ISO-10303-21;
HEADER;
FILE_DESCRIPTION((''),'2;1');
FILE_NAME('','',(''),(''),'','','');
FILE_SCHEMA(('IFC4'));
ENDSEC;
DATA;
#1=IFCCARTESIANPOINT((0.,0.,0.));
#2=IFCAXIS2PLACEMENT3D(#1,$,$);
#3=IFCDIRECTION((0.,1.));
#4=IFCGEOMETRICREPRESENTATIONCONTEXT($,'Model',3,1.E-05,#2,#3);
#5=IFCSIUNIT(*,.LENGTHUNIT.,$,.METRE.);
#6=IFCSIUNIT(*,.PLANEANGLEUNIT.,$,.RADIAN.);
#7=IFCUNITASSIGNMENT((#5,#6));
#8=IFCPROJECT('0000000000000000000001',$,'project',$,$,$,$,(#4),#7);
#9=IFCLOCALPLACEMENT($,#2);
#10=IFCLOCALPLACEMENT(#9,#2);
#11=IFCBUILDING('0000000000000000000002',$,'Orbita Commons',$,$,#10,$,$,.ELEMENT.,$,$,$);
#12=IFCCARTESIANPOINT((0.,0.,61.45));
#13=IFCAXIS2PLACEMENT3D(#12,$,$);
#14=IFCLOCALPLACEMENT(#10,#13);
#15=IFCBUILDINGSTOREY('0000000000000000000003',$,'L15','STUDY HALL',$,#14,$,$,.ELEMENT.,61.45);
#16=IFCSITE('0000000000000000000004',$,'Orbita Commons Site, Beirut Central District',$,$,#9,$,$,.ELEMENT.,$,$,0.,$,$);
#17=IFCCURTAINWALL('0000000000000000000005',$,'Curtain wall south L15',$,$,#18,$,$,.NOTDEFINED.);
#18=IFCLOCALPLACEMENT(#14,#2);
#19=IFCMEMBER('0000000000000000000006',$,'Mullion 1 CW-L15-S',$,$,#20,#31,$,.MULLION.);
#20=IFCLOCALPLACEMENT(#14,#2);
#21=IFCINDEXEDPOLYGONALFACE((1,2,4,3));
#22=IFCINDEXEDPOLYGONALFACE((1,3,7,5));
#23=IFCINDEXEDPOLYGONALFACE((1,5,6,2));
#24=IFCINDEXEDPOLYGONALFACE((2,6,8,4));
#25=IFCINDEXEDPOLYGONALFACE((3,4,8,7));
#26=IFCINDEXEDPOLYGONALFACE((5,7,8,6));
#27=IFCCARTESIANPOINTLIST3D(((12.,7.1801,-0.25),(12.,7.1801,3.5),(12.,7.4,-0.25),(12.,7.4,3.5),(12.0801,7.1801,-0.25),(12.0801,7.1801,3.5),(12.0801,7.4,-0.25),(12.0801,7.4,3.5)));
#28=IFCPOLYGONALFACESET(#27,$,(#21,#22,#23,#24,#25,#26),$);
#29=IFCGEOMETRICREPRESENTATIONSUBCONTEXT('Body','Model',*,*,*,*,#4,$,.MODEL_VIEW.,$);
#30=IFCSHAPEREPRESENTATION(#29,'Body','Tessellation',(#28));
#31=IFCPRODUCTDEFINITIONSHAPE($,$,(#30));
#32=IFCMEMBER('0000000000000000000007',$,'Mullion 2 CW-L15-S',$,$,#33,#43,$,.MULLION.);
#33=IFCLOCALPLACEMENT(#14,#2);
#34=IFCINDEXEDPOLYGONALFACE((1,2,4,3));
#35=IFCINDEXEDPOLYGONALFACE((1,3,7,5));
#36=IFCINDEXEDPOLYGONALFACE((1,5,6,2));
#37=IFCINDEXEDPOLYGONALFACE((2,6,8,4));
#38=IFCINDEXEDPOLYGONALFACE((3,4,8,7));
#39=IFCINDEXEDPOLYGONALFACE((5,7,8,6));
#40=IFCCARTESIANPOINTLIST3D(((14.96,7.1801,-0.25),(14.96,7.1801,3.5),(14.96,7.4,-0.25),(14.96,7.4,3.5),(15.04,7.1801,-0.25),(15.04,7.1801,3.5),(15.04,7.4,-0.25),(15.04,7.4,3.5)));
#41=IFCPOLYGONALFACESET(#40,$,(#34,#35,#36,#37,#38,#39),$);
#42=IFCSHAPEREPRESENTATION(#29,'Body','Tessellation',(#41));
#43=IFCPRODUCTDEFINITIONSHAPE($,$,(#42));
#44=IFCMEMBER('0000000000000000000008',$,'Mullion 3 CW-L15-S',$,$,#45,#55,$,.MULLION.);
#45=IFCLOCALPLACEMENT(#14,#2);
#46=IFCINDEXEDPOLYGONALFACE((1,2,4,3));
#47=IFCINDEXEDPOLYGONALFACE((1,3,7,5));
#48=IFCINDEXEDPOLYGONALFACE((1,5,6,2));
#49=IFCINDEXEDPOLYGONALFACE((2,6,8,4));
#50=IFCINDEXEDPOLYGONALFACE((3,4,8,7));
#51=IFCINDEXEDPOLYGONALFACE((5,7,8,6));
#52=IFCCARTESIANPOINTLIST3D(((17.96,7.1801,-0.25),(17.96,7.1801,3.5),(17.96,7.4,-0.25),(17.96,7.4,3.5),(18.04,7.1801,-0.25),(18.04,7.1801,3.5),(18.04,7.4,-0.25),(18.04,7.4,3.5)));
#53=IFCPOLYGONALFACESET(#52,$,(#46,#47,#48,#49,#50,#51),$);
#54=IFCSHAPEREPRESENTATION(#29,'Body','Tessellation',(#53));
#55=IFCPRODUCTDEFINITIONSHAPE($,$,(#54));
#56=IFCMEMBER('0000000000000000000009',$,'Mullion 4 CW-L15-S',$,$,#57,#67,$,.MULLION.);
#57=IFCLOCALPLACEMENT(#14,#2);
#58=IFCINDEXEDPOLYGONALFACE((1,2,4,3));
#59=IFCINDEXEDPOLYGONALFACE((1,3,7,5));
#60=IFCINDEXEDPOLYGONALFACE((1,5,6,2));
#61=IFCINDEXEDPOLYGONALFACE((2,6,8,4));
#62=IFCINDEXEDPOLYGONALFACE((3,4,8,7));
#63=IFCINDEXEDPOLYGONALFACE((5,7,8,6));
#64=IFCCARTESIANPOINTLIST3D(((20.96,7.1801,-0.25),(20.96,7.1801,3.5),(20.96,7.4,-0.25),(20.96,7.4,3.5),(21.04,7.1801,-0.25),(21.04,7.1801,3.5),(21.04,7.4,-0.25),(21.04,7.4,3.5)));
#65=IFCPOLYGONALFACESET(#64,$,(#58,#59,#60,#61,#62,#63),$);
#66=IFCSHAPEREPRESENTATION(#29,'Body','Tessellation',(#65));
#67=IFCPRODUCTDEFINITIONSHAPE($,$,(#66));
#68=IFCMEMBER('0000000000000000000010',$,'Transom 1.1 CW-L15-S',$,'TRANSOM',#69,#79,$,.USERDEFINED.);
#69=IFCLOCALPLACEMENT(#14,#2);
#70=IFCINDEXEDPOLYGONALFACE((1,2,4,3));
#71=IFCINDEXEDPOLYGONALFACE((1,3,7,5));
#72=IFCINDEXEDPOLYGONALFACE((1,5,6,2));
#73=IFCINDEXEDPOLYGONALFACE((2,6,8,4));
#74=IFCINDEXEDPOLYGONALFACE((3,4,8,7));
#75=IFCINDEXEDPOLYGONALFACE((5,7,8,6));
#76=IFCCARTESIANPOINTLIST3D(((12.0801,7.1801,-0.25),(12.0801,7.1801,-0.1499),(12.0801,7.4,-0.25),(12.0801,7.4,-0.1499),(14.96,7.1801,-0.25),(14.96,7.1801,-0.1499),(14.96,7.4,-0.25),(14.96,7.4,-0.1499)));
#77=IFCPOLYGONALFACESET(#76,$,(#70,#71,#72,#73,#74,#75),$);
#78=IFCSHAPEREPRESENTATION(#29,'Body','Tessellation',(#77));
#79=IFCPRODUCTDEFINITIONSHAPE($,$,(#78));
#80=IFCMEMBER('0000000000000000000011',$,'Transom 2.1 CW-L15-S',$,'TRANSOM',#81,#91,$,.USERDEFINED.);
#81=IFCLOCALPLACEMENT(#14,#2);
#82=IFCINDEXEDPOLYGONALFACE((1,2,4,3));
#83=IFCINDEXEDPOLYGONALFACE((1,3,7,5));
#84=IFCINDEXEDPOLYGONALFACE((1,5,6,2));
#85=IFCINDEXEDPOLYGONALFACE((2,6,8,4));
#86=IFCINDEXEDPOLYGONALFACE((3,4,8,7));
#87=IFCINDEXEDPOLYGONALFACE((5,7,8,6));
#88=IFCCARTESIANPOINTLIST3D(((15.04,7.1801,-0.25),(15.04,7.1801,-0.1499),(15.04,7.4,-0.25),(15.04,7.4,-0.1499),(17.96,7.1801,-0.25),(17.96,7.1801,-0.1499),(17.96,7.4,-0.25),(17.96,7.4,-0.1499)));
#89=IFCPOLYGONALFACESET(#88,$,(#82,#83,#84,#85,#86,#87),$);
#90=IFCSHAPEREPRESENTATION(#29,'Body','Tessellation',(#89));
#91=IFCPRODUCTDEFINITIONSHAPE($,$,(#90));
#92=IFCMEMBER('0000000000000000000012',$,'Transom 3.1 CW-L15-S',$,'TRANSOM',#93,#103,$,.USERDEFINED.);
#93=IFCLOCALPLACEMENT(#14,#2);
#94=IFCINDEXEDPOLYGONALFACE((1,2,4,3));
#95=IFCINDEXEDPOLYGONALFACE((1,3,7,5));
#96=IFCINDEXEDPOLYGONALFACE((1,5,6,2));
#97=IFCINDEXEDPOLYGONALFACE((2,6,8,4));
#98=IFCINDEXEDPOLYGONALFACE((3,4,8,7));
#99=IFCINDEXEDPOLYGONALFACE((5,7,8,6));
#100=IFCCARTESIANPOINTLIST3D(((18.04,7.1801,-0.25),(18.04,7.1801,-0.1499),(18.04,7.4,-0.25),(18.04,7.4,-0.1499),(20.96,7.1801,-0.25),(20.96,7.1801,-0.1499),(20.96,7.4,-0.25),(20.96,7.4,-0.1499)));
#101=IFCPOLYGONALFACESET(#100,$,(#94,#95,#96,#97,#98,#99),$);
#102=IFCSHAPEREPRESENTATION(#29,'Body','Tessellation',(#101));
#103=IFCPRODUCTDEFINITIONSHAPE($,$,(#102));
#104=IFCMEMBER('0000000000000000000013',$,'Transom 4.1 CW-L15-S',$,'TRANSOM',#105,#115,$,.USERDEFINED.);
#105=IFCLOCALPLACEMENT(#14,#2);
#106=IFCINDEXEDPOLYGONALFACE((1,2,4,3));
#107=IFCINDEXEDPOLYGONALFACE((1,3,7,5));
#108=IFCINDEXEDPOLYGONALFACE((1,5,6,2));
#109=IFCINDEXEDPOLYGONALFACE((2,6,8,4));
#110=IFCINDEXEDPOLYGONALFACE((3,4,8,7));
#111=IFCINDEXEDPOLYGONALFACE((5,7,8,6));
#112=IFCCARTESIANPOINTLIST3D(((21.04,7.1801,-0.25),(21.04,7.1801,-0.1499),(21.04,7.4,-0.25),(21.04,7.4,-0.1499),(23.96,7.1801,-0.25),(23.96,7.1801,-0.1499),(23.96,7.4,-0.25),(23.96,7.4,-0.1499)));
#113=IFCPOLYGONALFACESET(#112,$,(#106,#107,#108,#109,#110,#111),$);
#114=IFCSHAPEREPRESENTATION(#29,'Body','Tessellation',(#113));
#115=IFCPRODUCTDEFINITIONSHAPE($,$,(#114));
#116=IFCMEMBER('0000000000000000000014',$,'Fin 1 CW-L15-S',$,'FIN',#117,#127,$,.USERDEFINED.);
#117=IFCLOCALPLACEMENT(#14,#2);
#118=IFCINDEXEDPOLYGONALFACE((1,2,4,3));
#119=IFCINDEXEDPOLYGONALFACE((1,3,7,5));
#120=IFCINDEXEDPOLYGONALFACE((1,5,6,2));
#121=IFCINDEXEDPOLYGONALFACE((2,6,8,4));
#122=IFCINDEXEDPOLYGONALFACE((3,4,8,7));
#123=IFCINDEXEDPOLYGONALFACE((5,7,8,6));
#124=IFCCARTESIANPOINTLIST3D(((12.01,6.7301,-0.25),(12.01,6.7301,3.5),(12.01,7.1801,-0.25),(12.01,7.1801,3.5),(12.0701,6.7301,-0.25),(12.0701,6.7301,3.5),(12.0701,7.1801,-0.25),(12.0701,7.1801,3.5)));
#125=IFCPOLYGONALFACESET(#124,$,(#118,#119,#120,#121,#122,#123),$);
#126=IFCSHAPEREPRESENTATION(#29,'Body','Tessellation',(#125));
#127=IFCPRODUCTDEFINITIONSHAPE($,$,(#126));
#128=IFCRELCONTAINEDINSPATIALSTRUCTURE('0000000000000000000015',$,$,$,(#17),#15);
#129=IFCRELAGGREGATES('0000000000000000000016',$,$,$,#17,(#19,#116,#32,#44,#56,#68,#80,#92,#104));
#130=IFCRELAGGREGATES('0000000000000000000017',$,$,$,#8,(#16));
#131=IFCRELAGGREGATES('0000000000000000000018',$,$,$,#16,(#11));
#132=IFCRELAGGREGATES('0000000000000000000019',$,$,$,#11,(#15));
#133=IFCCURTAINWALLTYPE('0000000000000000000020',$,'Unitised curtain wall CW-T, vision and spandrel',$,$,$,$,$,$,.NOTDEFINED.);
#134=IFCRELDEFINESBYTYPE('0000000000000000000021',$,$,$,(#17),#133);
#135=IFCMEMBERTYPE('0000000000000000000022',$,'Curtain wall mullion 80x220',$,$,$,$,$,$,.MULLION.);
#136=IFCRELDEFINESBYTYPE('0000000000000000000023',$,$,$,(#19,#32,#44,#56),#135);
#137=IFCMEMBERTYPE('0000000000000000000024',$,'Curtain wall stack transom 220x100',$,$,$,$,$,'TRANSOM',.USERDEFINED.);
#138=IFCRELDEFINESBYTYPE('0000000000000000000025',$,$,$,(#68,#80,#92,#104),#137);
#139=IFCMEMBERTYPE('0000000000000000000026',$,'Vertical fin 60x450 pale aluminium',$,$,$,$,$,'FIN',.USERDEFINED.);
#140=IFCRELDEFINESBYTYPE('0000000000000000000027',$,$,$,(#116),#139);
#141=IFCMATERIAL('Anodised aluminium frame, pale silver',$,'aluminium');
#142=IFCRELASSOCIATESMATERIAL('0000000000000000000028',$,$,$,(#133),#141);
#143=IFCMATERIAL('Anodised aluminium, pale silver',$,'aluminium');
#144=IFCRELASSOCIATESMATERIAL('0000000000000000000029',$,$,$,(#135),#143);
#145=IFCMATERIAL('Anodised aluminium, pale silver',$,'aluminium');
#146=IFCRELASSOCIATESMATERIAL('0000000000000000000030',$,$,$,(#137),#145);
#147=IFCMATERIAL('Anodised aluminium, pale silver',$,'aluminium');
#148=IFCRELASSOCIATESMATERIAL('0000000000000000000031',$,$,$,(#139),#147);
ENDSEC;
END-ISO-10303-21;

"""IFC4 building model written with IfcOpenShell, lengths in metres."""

from ifc_helpers import new_model, si_unit, direction, frame, origin, origin_2d, place, context, subcontext, project, spatial, rectangle, extrude, material, material_profile, profile_set, type_object, element, aggregate, save


model = new_model("IFC4")

# Units and contexts
model_context = context("Model", 3, precision=1e-05, world=origin(), true_north=direction((0.0, 1.0)))
body_context = subcontext(model_context, "Body", "Model", "MODEL_VIEW")
ifc_project = project(units=[si_unit("LENGTHUNIT", "METRE"), si_unit("PLANEANGLEUNIT", "RADIAN")], contexts=[model_context])

# Site, building, storey
site_placement = place(None, origin())
site = spatial("IfcSite", under=ifc_project, at=site_placement, Name="Orbita Commons Site, Beirut Central District", CompositionType="ELEMENT", RefElevation=0.0)
building_placement = place(site_placement, origin())
building = spatial("IfcBuilding", under=site, at=building_placement, Name="Orbita Commons", CompositionType="ELEMENT")
storey_placement = place(building_placement, frame((0.0, 0.0, 61.45)))
storey = spatial("IfcBuildingStorey", under=building, at=storey_placement, Name="L15", Description="STUDY HALL", CompositionType="ELEMENT", Elevation=61.45)

# Curtain wall, members
ifc_material_1 = material(Name="Anodised aluminium frame, pale silver", Category="aluminium")
curtain_wall_type = type_object("IfcCurtainWallType", Name="Unitised curtain wall CW-T, vision and spandrel", PredefinedType="NOTDEFINED", material=ifc_material_1)
curtain_wall_placement = place(storey_placement, origin())
curtain_wall = element("IfcCurtainWall", 1, at=curtain_wall_placement, inside=storey, type_object=curtain_wall_type, Name="Curtain wall south L15", PredefinedType="NOTDEFINED")
ifc_material_2 = material(Name="Anodised aluminium, pale silver", Category="aluminium")
ifc_material_profile_1 = material_profile(ifc_material_2, rectangle(XDim=0.0801, YDim=0.22, at=origin_2d()), Name="AL 80x220")
ifc_profile_set_1 = profile_set([ifc_material_profile_1], Name="Anodised aluminium, pale silver")
member_type_1 = type_object("IfcMemberType", Name="Curtain wall mullion 80x220", PredefinedType="MULLION", material=ifc_profile_set_1)
member_1_placement = place(storey_placement, frame((12.04, 7.29, -0.25), z_axis=(0.0, 0.0, 1.0), x_axis=(1.0, 0.0, 0.0)))
member_1 = element("IfcMember", 2, at=member_1_placement, type_object=member_type_1, Name="Mullion 1 CW-L15-S", PredefinedType="MULLION", context=body_context, shape_type="SweptSolid", body=[
    extrude(rectangle(XDim=0.0801, YDim=0.22, at=origin_2d()), origin(), (0.0, 0.0, 1.0), 3.75),
])
member_2_placement = place(storey_placement, frame((15.0, 7.29, -0.25), z_axis=(0.0, 0.0, 1.0), x_axis=(1.0, 0.0, 0.0)))
member_2 = element("IfcMember", 3, at=member_2_placement, type_object=member_type_1, Name="Mullion 2 CW-L15-S", PredefinedType="MULLION", context=body_context, shape_type="SweptSolid", body=[
    extrude(rectangle(XDim=0.0801, YDim=0.22, at=origin_2d()), origin(), (0.0, 0.0, 1.0), 3.75),
])
member_3_placement = place(storey_placement, frame((18.0, 7.29, -0.25), z_axis=(0.0, 0.0, 1.0), x_axis=(1.0, 0.0, 0.0)))
member_3 = element("IfcMember", 4, at=member_3_placement, type_object=member_type_1, Name="Mullion 3 CW-L15-S", PredefinedType="MULLION", context=body_context, shape_type="SweptSolid", body=[
    extrude(rectangle(XDim=0.0801, YDim=0.22, at=origin_2d()), origin(), (0.0, 0.0, 1.0), 3.75),
])
member_4_placement = place(storey_placement, frame((21.0, 7.29, -0.25), z_axis=(0.0, 0.0, 1.0), x_axis=(1.0, 0.0, 0.0)))
member_4 = element("IfcMember", 5, at=member_4_placement, type_object=member_type_1, Name="Mullion 4 CW-L15-S", PredefinedType="MULLION", context=body_context, shape_type="SweptSolid", body=[
    extrude(rectangle(XDim=0.0801, YDim=0.22, at=origin_2d()), origin(), (0.0, 0.0, 1.0), 3.75),
])
ifc_material_3 = material(Name="Anodised aluminium, pale silver", Category="aluminium")
ifc_material_profile_2 = material_profile(ifc_material_3, rectangle(XDim=0.22, YDim=0.1001, at=origin_2d()), Name="AL 220x100")
ifc_profile_set_2 = profile_set([ifc_material_profile_2], Name="Anodised aluminium, pale silver")
member_type_2 = type_object("IfcMemberType", Name="Curtain wall stack transom 220x100", ElementType="TRANSOM", PredefinedType="USERDEFINED", material=ifc_profile_set_2)
member_5_placement = place(storey_placement, frame((12.0801, 7.29, -0.2), z_axis=(1.0, 0.0, 0.0), x_axis=(0.0, 1.0, 0.0)))
member_5 = element("IfcMember", 6, at=member_5_placement, type_object=member_type_2, Name="Transom 1.1 CW-L15-S", ObjectType="TRANSOM", PredefinedType="USERDEFINED", context=body_context, shape_type="SweptSolid", body=[
    extrude(rectangle(XDim=0.22, YDim=0.1001, at=origin_2d()), origin(), (0.0, 0.0, 1.0), 2.8799),
])
member_6_placement = place(storey_placement, frame((15.04, 7.29, -0.2), z_axis=(1.0, 0.0, 0.0), x_axis=(0.0, 1.0, 0.0)))
member_6 = element("IfcMember", 7, at=member_6_placement, type_object=member_type_2, Name="Transom 2.1 CW-L15-S", ObjectType="TRANSOM", PredefinedType="USERDEFINED", context=body_context, shape_type="SweptSolid", body=[
    extrude(rectangle(XDim=0.22, YDim=0.1001, at=origin_2d()), origin(), (0.0, 0.0, 1.0), 2.9199),
])
member_7_placement = place(storey_placement, frame((18.04, 7.29, -0.2), z_axis=(1.0, 0.0, 0.0), x_axis=(0.0, 1.0, 0.0)))
member_7 = element("IfcMember", 8, at=member_7_placement, type_object=member_type_2, Name="Transom 3.1 CW-L15-S", ObjectType="TRANSOM", PredefinedType="USERDEFINED", context=body_context, shape_type="SweptSolid", body=[
    extrude(rectangle(XDim=0.22, YDim=0.1001, at=origin_2d()), origin(), (0.0, 0.0, 1.0), 2.9199),
])
member_8_placement = place(storey_placement, frame((21.04, 7.29, -0.2), z_axis=(1.0, 0.0, 0.0), x_axis=(0.0, 1.0, 0.0)))
member_8 = element("IfcMember", 9, at=member_8_placement, type_object=member_type_2, Name="Transom 4.1 CW-L15-S", ObjectType="TRANSOM", PredefinedType="USERDEFINED", context=body_context, shape_type="SweptSolid", body=[
    extrude(rectangle(XDim=0.22, YDim=0.1001, at=origin_2d()), origin(), (0.0, 0.0, 1.0), 2.9199),
])
ifc_material_4 = material(Name="Anodised aluminium, pale silver", Category="aluminium")
ifc_material_profile_3 = material_profile(ifc_material_4, rectangle(XDim=0.0601, YDim=0.45, at=origin_2d()), Name="FIN 60x450")
ifc_profile_set_3 = profile_set([ifc_material_profile_3], Name="Anodised aluminium, pale silver")
member_type_3 = type_object("IfcMemberType", Name="Vertical fin 60x450 pale aluminium", ElementType="FIN", PredefinedType="USERDEFINED", material=ifc_profile_set_3)
member_9_placement = place(storey_placement, frame((12.04, 6.9551, -0.25), z_axis=(0.0, 0.0, 1.0), x_axis=(1.0, 0.0, 0.0)))
member_9 = element("IfcMember", 10, at=member_9_placement, type_object=member_type_3, Name="Fin 1 CW-L15-S", ObjectType="FIN", PredefinedType="USERDEFINED", context=body_context, shape_type="SweptSolid", body=[
    extrude(rectangle(XDim=0.0601, YDim=0.45, at=origin_2d()), origin(), (0.0, 0.0, 1.0), 3.75),
])

aggregate(curtain_wall, [member_1, member_9, member_2, member_3, member_4, member_5, member_6, member_7, member_8])

save(model, "model.ifc")
